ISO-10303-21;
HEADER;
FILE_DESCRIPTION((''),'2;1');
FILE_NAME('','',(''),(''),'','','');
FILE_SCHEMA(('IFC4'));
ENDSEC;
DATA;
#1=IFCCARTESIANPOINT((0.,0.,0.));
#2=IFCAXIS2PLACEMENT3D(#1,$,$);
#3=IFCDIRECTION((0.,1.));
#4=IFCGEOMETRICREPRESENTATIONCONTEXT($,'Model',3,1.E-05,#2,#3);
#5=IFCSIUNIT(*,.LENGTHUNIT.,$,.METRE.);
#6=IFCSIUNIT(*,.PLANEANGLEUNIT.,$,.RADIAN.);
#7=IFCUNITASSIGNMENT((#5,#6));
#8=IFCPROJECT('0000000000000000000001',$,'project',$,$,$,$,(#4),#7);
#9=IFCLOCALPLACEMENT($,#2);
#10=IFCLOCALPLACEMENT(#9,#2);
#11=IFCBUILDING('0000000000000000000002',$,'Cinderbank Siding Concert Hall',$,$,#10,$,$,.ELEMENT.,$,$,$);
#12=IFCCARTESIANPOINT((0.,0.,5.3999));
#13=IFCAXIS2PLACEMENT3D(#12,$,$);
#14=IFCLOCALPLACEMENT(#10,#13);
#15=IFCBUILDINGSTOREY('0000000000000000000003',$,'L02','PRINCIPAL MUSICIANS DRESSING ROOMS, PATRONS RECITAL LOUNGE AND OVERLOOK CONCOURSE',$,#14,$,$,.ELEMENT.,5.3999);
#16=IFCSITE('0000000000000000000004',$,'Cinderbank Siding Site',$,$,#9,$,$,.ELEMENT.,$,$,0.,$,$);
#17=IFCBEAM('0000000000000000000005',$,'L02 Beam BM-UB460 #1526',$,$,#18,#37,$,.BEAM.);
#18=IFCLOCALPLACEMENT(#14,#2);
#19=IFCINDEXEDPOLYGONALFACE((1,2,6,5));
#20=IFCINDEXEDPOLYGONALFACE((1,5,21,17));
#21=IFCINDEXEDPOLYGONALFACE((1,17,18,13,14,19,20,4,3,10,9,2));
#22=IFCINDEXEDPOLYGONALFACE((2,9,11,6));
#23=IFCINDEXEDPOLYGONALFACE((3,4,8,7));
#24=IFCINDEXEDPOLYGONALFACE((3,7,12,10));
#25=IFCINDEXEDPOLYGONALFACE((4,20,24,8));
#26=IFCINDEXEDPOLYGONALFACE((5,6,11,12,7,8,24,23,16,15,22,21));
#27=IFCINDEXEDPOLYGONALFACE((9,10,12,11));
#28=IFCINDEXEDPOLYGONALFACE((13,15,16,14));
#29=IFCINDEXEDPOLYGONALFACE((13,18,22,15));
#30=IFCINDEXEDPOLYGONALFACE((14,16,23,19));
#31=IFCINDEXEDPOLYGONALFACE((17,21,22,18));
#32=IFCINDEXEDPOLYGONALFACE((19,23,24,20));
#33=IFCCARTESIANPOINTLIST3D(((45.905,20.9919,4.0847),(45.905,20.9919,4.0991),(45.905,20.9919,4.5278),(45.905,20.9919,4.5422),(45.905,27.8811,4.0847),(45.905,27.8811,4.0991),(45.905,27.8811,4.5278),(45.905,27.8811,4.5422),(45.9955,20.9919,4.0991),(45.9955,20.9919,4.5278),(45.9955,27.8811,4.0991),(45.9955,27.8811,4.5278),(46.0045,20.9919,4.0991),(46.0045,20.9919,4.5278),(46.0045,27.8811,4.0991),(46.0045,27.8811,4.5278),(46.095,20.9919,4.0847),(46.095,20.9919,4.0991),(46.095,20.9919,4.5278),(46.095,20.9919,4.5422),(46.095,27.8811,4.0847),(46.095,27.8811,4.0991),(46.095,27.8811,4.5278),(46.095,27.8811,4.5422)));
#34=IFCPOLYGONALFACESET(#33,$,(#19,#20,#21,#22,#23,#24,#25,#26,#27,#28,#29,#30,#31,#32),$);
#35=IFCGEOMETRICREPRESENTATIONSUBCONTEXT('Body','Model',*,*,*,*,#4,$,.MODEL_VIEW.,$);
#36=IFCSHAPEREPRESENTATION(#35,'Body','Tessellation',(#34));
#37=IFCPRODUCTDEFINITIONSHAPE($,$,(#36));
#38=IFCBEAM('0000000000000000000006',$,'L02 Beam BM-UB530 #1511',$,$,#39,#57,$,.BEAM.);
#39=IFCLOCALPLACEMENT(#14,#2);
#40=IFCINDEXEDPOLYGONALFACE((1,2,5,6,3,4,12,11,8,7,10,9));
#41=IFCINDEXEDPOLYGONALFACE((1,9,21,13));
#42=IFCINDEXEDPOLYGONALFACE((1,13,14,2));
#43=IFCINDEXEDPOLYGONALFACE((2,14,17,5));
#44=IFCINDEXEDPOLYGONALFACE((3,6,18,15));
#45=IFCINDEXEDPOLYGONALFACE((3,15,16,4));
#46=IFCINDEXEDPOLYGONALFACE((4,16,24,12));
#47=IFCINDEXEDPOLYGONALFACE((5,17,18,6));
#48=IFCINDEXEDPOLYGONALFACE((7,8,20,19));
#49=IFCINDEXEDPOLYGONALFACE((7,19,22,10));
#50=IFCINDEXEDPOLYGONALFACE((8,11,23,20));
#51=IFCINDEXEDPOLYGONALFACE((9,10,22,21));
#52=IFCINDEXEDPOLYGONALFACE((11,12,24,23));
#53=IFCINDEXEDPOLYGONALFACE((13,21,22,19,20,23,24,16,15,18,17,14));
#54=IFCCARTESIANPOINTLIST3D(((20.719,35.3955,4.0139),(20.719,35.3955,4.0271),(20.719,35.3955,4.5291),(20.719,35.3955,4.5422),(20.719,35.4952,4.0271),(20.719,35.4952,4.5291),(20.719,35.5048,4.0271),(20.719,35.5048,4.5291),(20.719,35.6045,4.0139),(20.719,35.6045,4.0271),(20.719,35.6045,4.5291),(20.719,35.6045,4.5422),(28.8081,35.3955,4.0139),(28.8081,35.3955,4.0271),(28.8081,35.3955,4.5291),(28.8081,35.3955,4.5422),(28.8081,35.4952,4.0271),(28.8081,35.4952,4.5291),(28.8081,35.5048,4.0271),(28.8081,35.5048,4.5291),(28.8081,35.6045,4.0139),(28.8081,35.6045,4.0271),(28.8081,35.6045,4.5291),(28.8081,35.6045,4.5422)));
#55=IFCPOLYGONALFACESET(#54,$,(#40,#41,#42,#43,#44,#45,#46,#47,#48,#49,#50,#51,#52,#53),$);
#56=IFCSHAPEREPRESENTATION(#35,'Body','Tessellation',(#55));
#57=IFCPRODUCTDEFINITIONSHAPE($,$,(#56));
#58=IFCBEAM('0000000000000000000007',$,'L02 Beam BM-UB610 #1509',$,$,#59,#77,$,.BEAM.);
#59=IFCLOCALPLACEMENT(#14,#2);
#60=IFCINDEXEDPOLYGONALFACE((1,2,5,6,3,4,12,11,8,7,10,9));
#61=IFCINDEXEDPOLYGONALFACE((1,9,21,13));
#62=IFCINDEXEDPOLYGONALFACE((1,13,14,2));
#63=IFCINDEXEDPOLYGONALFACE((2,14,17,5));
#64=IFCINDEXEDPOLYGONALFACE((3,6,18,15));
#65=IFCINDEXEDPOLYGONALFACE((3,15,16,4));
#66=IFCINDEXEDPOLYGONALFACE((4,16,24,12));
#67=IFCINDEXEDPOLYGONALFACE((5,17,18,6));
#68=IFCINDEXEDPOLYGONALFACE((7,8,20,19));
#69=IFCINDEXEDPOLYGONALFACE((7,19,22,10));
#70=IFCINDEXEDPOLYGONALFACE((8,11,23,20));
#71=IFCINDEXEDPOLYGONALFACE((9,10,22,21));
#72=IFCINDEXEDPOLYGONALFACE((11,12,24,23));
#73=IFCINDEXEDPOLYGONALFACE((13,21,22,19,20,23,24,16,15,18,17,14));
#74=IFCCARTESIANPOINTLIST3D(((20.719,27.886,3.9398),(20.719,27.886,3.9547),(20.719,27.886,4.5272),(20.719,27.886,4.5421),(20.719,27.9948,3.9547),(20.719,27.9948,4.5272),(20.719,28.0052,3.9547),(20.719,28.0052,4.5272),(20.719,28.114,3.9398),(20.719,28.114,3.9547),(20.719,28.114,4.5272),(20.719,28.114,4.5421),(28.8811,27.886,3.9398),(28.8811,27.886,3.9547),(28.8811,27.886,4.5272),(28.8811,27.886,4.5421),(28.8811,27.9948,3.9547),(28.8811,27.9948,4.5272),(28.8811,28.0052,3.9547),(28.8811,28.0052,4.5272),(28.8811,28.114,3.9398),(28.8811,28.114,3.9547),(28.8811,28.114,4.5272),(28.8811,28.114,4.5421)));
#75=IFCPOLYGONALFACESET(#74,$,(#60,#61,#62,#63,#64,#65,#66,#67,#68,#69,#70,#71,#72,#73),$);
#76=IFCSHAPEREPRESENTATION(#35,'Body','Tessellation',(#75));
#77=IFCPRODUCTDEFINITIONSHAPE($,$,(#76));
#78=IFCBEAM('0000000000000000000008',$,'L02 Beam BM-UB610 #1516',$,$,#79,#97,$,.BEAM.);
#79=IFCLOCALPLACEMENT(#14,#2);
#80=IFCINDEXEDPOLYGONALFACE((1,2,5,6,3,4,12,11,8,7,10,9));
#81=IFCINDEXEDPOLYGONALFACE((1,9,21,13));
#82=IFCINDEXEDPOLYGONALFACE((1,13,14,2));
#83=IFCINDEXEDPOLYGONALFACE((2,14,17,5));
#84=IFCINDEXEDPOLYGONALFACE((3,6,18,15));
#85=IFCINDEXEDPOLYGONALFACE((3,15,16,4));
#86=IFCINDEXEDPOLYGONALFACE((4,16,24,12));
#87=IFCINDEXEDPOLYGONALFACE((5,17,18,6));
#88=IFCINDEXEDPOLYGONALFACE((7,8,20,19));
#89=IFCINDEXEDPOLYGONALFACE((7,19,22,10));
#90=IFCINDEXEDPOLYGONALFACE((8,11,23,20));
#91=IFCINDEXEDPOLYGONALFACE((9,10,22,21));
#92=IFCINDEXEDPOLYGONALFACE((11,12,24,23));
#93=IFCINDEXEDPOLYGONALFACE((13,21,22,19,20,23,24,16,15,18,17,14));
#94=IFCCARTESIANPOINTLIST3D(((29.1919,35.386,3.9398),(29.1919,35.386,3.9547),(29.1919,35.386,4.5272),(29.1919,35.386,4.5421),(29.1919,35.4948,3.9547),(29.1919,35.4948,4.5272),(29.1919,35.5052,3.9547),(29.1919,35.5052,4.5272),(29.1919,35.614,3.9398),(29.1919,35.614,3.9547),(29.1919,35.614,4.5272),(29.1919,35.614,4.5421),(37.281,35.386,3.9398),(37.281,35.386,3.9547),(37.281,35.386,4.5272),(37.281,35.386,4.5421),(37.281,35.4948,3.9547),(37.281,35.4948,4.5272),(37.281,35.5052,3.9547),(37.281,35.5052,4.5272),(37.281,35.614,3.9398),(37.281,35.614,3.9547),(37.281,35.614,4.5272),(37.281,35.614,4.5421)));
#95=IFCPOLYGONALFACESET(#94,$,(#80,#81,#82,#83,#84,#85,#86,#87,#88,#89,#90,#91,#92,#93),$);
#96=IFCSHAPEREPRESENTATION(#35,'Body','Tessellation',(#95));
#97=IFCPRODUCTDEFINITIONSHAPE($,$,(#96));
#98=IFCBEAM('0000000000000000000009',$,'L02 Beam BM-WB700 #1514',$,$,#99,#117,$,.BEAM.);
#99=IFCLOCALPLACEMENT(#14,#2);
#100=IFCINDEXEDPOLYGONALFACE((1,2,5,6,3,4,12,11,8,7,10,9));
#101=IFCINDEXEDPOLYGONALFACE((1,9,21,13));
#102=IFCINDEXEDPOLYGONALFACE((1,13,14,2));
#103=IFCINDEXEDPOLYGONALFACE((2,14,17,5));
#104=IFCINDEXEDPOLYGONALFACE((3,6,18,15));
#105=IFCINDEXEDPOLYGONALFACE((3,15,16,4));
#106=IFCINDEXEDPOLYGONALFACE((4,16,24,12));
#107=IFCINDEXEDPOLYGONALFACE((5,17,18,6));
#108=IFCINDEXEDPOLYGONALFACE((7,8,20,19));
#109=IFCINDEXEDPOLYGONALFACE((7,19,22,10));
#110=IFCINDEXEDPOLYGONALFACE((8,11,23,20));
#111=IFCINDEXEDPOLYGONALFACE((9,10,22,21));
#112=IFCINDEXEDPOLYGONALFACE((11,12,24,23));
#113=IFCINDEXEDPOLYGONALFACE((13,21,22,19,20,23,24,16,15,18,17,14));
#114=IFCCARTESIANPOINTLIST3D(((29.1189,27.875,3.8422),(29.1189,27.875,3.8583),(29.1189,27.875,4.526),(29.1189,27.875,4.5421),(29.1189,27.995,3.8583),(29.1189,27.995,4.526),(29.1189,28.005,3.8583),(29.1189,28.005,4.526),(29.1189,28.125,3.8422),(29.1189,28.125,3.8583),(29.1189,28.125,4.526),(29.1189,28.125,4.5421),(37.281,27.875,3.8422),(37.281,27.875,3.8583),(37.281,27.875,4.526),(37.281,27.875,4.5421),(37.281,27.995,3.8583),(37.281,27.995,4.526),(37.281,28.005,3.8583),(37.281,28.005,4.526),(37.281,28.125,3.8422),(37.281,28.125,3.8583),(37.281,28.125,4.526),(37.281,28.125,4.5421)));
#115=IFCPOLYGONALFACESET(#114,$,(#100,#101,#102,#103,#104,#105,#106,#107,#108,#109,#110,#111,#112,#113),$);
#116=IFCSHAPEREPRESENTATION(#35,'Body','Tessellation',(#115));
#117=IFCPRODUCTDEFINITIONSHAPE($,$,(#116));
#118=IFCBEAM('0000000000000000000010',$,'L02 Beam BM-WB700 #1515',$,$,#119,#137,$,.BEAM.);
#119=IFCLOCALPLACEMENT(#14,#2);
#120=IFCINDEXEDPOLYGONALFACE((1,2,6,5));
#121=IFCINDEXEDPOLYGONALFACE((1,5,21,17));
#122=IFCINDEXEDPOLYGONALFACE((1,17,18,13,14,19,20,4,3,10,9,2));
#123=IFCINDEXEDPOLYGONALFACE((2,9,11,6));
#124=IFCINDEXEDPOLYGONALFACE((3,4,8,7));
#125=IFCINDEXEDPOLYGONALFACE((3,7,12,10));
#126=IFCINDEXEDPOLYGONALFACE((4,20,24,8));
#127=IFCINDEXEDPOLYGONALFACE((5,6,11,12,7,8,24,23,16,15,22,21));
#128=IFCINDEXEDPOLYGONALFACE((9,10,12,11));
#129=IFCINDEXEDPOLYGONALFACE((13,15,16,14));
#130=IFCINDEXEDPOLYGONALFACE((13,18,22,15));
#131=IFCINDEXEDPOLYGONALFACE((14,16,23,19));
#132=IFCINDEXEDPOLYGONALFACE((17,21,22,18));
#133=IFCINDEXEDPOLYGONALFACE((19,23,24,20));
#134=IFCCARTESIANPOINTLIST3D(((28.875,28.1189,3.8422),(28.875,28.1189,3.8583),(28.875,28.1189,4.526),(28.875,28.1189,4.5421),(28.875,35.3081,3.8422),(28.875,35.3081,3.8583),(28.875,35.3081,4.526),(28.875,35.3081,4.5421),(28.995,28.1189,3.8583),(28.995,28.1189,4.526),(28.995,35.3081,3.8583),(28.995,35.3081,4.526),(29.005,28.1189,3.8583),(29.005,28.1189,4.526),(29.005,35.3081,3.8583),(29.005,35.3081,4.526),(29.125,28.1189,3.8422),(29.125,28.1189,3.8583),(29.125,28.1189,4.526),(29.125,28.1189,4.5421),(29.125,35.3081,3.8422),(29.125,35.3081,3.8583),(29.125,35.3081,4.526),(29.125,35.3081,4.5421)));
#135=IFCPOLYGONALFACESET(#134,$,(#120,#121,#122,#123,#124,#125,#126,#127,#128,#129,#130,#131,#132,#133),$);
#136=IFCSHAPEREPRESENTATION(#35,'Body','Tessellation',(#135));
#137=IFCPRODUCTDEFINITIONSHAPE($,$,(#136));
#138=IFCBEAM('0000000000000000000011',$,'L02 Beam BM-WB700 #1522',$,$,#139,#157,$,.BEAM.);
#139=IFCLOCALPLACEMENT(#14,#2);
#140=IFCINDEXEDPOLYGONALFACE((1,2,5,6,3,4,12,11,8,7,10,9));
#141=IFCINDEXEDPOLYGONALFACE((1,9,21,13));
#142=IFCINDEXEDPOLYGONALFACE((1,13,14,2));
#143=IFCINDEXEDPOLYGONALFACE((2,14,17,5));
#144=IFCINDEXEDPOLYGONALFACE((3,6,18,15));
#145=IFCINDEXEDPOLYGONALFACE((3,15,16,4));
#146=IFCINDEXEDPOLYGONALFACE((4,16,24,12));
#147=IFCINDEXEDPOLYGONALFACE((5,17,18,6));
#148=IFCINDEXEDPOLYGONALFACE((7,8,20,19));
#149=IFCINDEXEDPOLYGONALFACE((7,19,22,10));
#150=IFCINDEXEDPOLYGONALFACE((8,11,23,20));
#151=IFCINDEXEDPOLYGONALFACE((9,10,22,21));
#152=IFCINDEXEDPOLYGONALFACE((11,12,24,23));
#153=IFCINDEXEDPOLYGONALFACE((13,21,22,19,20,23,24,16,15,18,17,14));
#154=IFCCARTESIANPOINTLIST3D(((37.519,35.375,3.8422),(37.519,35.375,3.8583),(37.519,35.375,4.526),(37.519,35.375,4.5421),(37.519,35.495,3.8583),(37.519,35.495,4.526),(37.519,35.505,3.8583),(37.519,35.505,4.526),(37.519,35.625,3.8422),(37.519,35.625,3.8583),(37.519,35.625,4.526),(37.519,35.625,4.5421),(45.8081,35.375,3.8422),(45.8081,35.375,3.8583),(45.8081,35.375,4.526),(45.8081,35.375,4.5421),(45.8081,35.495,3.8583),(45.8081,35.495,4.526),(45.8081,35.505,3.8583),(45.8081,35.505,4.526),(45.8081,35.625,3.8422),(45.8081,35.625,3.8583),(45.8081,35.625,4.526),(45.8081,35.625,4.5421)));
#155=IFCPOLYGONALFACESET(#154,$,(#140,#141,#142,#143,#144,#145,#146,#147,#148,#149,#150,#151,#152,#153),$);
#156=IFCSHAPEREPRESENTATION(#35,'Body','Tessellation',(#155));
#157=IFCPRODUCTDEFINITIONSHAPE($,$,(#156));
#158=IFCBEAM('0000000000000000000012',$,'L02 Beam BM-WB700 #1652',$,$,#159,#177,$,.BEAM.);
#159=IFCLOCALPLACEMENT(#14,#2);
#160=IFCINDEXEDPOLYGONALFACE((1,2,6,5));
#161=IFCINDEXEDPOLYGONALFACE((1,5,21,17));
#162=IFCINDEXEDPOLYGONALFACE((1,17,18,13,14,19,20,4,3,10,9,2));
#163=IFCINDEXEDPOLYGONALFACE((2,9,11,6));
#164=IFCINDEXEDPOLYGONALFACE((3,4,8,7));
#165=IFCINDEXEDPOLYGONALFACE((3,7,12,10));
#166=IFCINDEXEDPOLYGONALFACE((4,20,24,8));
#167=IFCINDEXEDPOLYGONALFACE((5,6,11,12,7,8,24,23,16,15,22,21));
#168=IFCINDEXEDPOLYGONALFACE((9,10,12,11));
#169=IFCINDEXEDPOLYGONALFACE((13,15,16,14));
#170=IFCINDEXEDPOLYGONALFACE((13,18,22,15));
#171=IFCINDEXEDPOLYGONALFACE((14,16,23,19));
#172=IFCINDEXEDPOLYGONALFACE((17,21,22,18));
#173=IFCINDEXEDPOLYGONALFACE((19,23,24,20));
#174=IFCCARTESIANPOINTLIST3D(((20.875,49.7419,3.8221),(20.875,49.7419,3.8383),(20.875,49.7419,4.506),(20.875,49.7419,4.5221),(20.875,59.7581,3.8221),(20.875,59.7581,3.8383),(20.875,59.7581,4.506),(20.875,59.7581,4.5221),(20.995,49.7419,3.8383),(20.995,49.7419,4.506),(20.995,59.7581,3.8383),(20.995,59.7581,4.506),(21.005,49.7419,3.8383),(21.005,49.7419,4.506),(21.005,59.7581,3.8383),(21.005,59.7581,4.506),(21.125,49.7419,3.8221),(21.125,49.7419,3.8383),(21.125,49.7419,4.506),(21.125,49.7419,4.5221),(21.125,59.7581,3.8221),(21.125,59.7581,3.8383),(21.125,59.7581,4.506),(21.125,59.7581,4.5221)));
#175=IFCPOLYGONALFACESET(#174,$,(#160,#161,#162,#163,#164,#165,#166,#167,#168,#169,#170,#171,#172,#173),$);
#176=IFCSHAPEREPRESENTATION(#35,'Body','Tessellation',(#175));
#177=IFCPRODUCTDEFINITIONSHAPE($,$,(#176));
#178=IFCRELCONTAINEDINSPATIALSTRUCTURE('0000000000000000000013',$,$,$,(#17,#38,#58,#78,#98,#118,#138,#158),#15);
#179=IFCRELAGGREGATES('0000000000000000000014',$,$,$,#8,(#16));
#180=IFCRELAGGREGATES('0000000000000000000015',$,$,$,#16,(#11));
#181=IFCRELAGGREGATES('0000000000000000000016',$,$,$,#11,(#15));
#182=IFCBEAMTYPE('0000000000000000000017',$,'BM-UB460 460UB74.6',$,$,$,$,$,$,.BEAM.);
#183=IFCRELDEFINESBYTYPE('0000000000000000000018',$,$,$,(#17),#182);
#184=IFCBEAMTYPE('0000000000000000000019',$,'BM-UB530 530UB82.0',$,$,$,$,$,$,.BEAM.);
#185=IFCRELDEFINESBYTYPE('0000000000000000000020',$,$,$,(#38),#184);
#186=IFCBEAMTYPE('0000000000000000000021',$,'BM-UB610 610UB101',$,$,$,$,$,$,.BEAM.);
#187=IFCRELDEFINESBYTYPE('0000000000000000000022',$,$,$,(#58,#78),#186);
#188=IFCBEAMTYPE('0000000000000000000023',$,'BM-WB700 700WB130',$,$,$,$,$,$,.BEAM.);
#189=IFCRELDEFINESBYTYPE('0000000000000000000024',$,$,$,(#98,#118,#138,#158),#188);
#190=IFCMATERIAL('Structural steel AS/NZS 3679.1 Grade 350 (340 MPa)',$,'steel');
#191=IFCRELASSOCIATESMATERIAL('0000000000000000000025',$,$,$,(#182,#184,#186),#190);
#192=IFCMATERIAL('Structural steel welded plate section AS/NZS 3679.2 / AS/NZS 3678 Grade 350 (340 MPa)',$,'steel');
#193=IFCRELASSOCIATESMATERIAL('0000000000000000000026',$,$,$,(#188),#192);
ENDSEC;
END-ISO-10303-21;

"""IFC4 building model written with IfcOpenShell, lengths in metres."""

from ifc_helpers import new_model, si_unit, direction, frame, origin, origin_2d, place, context, subcontext, project, spatial, i_section, extrude, material, material_profile, profile_set, type_object, element, save


model = new_model("IFC4")

# Units and contexts
model_context = context("Model", 3, precision=1e-05, world=origin(), true_north=direction((0.0, 1.0)))
body_context = subcontext(model_context, "Body", "Model", "MODEL_VIEW")
ifc_project = project(units=[si_unit("LENGTHUNIT", "METRE"), si_unit("PLANEANGLEUNIT", "RADIAN")], contexts=[model_context])

# Site, building, storey
site_placement = place(None, origin())
site = spatial("IfcSite", under=ifc_project, at=site_placement, Name="Cinderbank Siding Site", CompositionType="ELEMENT", RefElevation=0.0)
building_placement = place(site_placement, origin())
building = spatial("IfcBuilding", under=site, at=building_placement, Name="Cinderbank Siding Concert Hall", CompositionType="ELEMENT")
storey_placement = place(building_placement, frame((0.0, 0.0, 5.3999)))
storey = spatial("IfcBuildingStorey", under=building, at=storey_placement, Name="L02", Description="PRINCIPAL MUSICIANS DRESSING ROOMS, PATRONS RECITAL LOUNGE AND OVERLOOK CONCOURSE", CompositionType="ELEMENT", Elevation=5.3999)

# Shared definitions
ifc_material_1 = material(Name="Structural steel AS/NZS 3679.1 Grade 350 (340 MPa)", Category="steel")

# Beams
ifc_material_profile_1 = material_profile(ifc_material_1, i_section(OverallWidth=0.1899, OverallDepth=0.4575, WebThickness=0.009, FlangeThickness=0.0144, at=origin_2d()), Name="460UB74.6", Category="LoadBearing")
ifc_profile_set_1 = profile_set([ifc_material_profile_1], Name="Structural steel AS/NZS 3679.1 Grade 350 (340 MPa)")
beam_type_1 = type_object("IfcBeamType", Name="BM-UB460 460UB74.6", PredefinedType="BEAM", material=ifc_profile_set_1)
beam_1_placement = place(storey_placement, frame((46.0, 20.9919, 4.3135), z_axis=(0.0, 1.0, 0.0), x_axis=(-1.0, 0.0, 0.0)))
element("IfcBeam", 1, at=beam_1_placement, inside=storey, type_object=beam_type_1, Name="L02 Beam BM-UB460 #1526", PredefinedType="BEAM", context=body_context, shape_type="SweptSolid", body=[
    extrude(i_section(OverallWidth=0.1899, OverallDepth=0.4575, WebThickness=0.009, FlangeThickness=0.0144, at=origin_2d()), origin(), (0.0, 0.0, 1.0), 6.8892),
])
ifc_material_profile_2 = material_profile(ifc_material_1, i_section(OverallWidth=0.209, OverallDepth=0.5283, WebThickness=0.0095, FlangeThickness=0.0132, at=origin_2d()), Name="530UB82.0", Category="LoadBearing")
ifc_profile_set_2 = profile_set([ifc_material_profile_2], Name="Structural steel AS/NZS 3679.1 Grade 350 (340 MPa)")
beam_type_2 = type_object("IfcBeamType", Name="BM-UB530 530UB82.0", PredefinedType="BEAM", material=ifc_profile_set_2)
beam_2_placement = place(storey_placement, frame((20.719, 35.5, 4.2781), z_axis=(1.0, 0.0, 0.0), x_axis=(0.0, 1.0, 0.0)))
element("IfcBeam", 2, at=beam_2_placement, inside=storey, type_object=beam_type_2, Name="L02 Beam BM-UB530 #1511", PredefinedType="BEAM", context=body_context, shape_type="SweptSolid", body=[
    extrude(i_section(OverallWidth=0.209, OverallDepth=0.5283, WebThickness=0.0095, FlangeThickness=0.0132, at=origin_2d()), origin(), (0.0, 0.0, 1.0), 8.0891),
])
ifc_material_profile_3 = material_profile(ifc_material_1, i_section(OverallWidth=0.228, OverallDepth=0.6023, WebThickness=0.0105, FlangeThickness=0.0149, at=origin_2d()), Name="610UB101", Category="LoadBearing")
ifc_profile_set_3 = profile_set([ifc_material_profile_3], Name="Structural steel AS/NZS 3679.1 Grade 350 (340 MPa)")
beam_type_3 = type_object("IfcBeamType", Name="BM-UB610 610UB101", PredefinedType="BEAM", material=ifc_profile_set_3)
beam_3_placement = place(storey_placement, frame((20.719, 28.0, 4.241), z_axis=(1.0, 0.0, 0.0), x_axis=(0.0, 1.0, 0.0)))
element("IfcBeam", 3, at=beam_3_placement, inside=storey, type_object=beam_type_3, Name="L02 Beam BM-UB610 #1509", PredefinedType="BEAM", context=body_context, shape_type="SweptSolid", body=[
    extrude(i_section(OverallWidth=0.228, OverallDepth=0.6023, WebThickness=0.0105, FlangeThickness=0.0149, at=origin_2d()), origin(), (0.0, 0.0, 1.0), 8.1621),
])
beam_4_placement = place(storey_placement, frame((29.1919, 35.5, 4.241), z_axis=(1.0, 0.0, 0.0), x_axis=(0.0, 1.0, 0.0)))
element("IfcBeam", 4, at=beam_4_placement, inside=storey, type_object=beam_type_3, Name="L02 Beam BM-UB610 #1516", PredefinedType="BEAM", context=body_context, shape_type="SweptSolid", body=[
    extrude(i_section(OverallWidth=0.228, OverallDepth=0.6023, WebThickness=0.0105, FlangeThickness=0.0149, at=origin_2d()), origin(), (0.0, 0.0, 1.0), 8.0891),
])
ifc_material_2 = material(Name="Structural steel welded plate section AS/NZS 3679.2 / AS/NZS 3678 Grade 350 (340 MPa)", Category="steel")
ifc_material_profile_4 = material_profile(ifc_material_2, i_section(OverallWidth=0.25, OverallDepth=0.7, WebThickness=0.01, FlangeThickness=0.0161, at=origin_2d()), Name="700WB130", Category="LoadBearing")
ifc_profile_set_4 = profile_set([ifc_material_profile_4], Name="Structural steel welded plate section AS/NZS 3679.2 / AS/NZS 3678 Grade 350 (340 MPa)")
beam_type_4 = type_object("IfcBeamType", Name="BM-WB700 700WB130", PredefinedType="BEAM", material=ifc_profile_set_4)
beam_5_placement = place(storey_placement, frame((29.1189, 28.0, 4.1921), z_axis=(1.0, 0.0, 0.0), x_axis=(0.0, 1.0, 0.0)))
element("IfcBeam", 5, at=beam_5_placement, inside=storey, type_object=beam_type_4, Name="L02 Beam BM-WB700 #1514", PredefinedType="BEAM", context=body_context, shape_type="SweptSolid", body=[
    extrude(i_section(OverallWidth=0.25, OverallDepth=0.7, WebThickness=0.01, FlangeThickness=0.0161, at=origin_2d()), origin(), (0.0, 0.0, 1.0), 8.1621),
])
beam_6_placement = place(storey_placement, frame((29.0, 28.1189, 4.1921), z_axis=(0.0, 1.0, 0.0), x_axis=(-1.0, 0.0, 0.0)))
element("IfcBeam", 6, at=beam_6_placement, inside=storey, type_object=beam_type_4, Name="L02 Beam BM-WB700 #1515", PredefinedType="BEAM", context=body_context, shape_type="SweptSolid", body=[
    extrude(i_section(OverallWidth=0.25, OverallDepth=0.7, WebThickness=0.01, FlangeThickness=0.0161, at=origin_2d()), origin(), (0.0, 0.0, 1.0), 7.1892),
])
beam_7_placement = place(storey_placement, frame((37.519, 35.5, 4.1921), z_axis=(1.0, 0.0, 0.0), x_axis=(0.0, 1.0, 0.0)))
element("IfcBeam", 7, at=beam_7_placement, inside=storey, type_object=beam_type_4, Name="L02 Beam BM-WB700 #1522", PredefinedType="BEAM", context=body_context, shape_type="SweptSolid", body=[
    extrude(i_section(OverallWidth=0.25, OverallDepth=0.7, WebThickness=0.01, FlangeThickness=0.0161, at=origin_2d()), origin(), (0.0, 0.0, 1.0), 8.2891),
])
beam_8_placement = place(storey_placement, frame((21.0, 49.7419, 4.1721), z_axis=(0.0, 1.0, 0.0), x_axis=(-1.0, 0.0, 0.0)))
element("IfcBeam", 8, at=beam_8_placement, inside=storey, type_object=beam_type_4, Name="L02 Beam BM-WB700 #1652", PredefinedType="BEAM", context=body_context, shape_type="SweptSolid", body=[
    extrude(i_section(OverallWidth=0.25, OverallDepth=0.7, WebThickness=0.01, FlangeThickness=0.0161, at=origin_2d()), origin(), (0.0, 0.0, 1.0), 10.0161),
])

save(model, "model.ifc")
